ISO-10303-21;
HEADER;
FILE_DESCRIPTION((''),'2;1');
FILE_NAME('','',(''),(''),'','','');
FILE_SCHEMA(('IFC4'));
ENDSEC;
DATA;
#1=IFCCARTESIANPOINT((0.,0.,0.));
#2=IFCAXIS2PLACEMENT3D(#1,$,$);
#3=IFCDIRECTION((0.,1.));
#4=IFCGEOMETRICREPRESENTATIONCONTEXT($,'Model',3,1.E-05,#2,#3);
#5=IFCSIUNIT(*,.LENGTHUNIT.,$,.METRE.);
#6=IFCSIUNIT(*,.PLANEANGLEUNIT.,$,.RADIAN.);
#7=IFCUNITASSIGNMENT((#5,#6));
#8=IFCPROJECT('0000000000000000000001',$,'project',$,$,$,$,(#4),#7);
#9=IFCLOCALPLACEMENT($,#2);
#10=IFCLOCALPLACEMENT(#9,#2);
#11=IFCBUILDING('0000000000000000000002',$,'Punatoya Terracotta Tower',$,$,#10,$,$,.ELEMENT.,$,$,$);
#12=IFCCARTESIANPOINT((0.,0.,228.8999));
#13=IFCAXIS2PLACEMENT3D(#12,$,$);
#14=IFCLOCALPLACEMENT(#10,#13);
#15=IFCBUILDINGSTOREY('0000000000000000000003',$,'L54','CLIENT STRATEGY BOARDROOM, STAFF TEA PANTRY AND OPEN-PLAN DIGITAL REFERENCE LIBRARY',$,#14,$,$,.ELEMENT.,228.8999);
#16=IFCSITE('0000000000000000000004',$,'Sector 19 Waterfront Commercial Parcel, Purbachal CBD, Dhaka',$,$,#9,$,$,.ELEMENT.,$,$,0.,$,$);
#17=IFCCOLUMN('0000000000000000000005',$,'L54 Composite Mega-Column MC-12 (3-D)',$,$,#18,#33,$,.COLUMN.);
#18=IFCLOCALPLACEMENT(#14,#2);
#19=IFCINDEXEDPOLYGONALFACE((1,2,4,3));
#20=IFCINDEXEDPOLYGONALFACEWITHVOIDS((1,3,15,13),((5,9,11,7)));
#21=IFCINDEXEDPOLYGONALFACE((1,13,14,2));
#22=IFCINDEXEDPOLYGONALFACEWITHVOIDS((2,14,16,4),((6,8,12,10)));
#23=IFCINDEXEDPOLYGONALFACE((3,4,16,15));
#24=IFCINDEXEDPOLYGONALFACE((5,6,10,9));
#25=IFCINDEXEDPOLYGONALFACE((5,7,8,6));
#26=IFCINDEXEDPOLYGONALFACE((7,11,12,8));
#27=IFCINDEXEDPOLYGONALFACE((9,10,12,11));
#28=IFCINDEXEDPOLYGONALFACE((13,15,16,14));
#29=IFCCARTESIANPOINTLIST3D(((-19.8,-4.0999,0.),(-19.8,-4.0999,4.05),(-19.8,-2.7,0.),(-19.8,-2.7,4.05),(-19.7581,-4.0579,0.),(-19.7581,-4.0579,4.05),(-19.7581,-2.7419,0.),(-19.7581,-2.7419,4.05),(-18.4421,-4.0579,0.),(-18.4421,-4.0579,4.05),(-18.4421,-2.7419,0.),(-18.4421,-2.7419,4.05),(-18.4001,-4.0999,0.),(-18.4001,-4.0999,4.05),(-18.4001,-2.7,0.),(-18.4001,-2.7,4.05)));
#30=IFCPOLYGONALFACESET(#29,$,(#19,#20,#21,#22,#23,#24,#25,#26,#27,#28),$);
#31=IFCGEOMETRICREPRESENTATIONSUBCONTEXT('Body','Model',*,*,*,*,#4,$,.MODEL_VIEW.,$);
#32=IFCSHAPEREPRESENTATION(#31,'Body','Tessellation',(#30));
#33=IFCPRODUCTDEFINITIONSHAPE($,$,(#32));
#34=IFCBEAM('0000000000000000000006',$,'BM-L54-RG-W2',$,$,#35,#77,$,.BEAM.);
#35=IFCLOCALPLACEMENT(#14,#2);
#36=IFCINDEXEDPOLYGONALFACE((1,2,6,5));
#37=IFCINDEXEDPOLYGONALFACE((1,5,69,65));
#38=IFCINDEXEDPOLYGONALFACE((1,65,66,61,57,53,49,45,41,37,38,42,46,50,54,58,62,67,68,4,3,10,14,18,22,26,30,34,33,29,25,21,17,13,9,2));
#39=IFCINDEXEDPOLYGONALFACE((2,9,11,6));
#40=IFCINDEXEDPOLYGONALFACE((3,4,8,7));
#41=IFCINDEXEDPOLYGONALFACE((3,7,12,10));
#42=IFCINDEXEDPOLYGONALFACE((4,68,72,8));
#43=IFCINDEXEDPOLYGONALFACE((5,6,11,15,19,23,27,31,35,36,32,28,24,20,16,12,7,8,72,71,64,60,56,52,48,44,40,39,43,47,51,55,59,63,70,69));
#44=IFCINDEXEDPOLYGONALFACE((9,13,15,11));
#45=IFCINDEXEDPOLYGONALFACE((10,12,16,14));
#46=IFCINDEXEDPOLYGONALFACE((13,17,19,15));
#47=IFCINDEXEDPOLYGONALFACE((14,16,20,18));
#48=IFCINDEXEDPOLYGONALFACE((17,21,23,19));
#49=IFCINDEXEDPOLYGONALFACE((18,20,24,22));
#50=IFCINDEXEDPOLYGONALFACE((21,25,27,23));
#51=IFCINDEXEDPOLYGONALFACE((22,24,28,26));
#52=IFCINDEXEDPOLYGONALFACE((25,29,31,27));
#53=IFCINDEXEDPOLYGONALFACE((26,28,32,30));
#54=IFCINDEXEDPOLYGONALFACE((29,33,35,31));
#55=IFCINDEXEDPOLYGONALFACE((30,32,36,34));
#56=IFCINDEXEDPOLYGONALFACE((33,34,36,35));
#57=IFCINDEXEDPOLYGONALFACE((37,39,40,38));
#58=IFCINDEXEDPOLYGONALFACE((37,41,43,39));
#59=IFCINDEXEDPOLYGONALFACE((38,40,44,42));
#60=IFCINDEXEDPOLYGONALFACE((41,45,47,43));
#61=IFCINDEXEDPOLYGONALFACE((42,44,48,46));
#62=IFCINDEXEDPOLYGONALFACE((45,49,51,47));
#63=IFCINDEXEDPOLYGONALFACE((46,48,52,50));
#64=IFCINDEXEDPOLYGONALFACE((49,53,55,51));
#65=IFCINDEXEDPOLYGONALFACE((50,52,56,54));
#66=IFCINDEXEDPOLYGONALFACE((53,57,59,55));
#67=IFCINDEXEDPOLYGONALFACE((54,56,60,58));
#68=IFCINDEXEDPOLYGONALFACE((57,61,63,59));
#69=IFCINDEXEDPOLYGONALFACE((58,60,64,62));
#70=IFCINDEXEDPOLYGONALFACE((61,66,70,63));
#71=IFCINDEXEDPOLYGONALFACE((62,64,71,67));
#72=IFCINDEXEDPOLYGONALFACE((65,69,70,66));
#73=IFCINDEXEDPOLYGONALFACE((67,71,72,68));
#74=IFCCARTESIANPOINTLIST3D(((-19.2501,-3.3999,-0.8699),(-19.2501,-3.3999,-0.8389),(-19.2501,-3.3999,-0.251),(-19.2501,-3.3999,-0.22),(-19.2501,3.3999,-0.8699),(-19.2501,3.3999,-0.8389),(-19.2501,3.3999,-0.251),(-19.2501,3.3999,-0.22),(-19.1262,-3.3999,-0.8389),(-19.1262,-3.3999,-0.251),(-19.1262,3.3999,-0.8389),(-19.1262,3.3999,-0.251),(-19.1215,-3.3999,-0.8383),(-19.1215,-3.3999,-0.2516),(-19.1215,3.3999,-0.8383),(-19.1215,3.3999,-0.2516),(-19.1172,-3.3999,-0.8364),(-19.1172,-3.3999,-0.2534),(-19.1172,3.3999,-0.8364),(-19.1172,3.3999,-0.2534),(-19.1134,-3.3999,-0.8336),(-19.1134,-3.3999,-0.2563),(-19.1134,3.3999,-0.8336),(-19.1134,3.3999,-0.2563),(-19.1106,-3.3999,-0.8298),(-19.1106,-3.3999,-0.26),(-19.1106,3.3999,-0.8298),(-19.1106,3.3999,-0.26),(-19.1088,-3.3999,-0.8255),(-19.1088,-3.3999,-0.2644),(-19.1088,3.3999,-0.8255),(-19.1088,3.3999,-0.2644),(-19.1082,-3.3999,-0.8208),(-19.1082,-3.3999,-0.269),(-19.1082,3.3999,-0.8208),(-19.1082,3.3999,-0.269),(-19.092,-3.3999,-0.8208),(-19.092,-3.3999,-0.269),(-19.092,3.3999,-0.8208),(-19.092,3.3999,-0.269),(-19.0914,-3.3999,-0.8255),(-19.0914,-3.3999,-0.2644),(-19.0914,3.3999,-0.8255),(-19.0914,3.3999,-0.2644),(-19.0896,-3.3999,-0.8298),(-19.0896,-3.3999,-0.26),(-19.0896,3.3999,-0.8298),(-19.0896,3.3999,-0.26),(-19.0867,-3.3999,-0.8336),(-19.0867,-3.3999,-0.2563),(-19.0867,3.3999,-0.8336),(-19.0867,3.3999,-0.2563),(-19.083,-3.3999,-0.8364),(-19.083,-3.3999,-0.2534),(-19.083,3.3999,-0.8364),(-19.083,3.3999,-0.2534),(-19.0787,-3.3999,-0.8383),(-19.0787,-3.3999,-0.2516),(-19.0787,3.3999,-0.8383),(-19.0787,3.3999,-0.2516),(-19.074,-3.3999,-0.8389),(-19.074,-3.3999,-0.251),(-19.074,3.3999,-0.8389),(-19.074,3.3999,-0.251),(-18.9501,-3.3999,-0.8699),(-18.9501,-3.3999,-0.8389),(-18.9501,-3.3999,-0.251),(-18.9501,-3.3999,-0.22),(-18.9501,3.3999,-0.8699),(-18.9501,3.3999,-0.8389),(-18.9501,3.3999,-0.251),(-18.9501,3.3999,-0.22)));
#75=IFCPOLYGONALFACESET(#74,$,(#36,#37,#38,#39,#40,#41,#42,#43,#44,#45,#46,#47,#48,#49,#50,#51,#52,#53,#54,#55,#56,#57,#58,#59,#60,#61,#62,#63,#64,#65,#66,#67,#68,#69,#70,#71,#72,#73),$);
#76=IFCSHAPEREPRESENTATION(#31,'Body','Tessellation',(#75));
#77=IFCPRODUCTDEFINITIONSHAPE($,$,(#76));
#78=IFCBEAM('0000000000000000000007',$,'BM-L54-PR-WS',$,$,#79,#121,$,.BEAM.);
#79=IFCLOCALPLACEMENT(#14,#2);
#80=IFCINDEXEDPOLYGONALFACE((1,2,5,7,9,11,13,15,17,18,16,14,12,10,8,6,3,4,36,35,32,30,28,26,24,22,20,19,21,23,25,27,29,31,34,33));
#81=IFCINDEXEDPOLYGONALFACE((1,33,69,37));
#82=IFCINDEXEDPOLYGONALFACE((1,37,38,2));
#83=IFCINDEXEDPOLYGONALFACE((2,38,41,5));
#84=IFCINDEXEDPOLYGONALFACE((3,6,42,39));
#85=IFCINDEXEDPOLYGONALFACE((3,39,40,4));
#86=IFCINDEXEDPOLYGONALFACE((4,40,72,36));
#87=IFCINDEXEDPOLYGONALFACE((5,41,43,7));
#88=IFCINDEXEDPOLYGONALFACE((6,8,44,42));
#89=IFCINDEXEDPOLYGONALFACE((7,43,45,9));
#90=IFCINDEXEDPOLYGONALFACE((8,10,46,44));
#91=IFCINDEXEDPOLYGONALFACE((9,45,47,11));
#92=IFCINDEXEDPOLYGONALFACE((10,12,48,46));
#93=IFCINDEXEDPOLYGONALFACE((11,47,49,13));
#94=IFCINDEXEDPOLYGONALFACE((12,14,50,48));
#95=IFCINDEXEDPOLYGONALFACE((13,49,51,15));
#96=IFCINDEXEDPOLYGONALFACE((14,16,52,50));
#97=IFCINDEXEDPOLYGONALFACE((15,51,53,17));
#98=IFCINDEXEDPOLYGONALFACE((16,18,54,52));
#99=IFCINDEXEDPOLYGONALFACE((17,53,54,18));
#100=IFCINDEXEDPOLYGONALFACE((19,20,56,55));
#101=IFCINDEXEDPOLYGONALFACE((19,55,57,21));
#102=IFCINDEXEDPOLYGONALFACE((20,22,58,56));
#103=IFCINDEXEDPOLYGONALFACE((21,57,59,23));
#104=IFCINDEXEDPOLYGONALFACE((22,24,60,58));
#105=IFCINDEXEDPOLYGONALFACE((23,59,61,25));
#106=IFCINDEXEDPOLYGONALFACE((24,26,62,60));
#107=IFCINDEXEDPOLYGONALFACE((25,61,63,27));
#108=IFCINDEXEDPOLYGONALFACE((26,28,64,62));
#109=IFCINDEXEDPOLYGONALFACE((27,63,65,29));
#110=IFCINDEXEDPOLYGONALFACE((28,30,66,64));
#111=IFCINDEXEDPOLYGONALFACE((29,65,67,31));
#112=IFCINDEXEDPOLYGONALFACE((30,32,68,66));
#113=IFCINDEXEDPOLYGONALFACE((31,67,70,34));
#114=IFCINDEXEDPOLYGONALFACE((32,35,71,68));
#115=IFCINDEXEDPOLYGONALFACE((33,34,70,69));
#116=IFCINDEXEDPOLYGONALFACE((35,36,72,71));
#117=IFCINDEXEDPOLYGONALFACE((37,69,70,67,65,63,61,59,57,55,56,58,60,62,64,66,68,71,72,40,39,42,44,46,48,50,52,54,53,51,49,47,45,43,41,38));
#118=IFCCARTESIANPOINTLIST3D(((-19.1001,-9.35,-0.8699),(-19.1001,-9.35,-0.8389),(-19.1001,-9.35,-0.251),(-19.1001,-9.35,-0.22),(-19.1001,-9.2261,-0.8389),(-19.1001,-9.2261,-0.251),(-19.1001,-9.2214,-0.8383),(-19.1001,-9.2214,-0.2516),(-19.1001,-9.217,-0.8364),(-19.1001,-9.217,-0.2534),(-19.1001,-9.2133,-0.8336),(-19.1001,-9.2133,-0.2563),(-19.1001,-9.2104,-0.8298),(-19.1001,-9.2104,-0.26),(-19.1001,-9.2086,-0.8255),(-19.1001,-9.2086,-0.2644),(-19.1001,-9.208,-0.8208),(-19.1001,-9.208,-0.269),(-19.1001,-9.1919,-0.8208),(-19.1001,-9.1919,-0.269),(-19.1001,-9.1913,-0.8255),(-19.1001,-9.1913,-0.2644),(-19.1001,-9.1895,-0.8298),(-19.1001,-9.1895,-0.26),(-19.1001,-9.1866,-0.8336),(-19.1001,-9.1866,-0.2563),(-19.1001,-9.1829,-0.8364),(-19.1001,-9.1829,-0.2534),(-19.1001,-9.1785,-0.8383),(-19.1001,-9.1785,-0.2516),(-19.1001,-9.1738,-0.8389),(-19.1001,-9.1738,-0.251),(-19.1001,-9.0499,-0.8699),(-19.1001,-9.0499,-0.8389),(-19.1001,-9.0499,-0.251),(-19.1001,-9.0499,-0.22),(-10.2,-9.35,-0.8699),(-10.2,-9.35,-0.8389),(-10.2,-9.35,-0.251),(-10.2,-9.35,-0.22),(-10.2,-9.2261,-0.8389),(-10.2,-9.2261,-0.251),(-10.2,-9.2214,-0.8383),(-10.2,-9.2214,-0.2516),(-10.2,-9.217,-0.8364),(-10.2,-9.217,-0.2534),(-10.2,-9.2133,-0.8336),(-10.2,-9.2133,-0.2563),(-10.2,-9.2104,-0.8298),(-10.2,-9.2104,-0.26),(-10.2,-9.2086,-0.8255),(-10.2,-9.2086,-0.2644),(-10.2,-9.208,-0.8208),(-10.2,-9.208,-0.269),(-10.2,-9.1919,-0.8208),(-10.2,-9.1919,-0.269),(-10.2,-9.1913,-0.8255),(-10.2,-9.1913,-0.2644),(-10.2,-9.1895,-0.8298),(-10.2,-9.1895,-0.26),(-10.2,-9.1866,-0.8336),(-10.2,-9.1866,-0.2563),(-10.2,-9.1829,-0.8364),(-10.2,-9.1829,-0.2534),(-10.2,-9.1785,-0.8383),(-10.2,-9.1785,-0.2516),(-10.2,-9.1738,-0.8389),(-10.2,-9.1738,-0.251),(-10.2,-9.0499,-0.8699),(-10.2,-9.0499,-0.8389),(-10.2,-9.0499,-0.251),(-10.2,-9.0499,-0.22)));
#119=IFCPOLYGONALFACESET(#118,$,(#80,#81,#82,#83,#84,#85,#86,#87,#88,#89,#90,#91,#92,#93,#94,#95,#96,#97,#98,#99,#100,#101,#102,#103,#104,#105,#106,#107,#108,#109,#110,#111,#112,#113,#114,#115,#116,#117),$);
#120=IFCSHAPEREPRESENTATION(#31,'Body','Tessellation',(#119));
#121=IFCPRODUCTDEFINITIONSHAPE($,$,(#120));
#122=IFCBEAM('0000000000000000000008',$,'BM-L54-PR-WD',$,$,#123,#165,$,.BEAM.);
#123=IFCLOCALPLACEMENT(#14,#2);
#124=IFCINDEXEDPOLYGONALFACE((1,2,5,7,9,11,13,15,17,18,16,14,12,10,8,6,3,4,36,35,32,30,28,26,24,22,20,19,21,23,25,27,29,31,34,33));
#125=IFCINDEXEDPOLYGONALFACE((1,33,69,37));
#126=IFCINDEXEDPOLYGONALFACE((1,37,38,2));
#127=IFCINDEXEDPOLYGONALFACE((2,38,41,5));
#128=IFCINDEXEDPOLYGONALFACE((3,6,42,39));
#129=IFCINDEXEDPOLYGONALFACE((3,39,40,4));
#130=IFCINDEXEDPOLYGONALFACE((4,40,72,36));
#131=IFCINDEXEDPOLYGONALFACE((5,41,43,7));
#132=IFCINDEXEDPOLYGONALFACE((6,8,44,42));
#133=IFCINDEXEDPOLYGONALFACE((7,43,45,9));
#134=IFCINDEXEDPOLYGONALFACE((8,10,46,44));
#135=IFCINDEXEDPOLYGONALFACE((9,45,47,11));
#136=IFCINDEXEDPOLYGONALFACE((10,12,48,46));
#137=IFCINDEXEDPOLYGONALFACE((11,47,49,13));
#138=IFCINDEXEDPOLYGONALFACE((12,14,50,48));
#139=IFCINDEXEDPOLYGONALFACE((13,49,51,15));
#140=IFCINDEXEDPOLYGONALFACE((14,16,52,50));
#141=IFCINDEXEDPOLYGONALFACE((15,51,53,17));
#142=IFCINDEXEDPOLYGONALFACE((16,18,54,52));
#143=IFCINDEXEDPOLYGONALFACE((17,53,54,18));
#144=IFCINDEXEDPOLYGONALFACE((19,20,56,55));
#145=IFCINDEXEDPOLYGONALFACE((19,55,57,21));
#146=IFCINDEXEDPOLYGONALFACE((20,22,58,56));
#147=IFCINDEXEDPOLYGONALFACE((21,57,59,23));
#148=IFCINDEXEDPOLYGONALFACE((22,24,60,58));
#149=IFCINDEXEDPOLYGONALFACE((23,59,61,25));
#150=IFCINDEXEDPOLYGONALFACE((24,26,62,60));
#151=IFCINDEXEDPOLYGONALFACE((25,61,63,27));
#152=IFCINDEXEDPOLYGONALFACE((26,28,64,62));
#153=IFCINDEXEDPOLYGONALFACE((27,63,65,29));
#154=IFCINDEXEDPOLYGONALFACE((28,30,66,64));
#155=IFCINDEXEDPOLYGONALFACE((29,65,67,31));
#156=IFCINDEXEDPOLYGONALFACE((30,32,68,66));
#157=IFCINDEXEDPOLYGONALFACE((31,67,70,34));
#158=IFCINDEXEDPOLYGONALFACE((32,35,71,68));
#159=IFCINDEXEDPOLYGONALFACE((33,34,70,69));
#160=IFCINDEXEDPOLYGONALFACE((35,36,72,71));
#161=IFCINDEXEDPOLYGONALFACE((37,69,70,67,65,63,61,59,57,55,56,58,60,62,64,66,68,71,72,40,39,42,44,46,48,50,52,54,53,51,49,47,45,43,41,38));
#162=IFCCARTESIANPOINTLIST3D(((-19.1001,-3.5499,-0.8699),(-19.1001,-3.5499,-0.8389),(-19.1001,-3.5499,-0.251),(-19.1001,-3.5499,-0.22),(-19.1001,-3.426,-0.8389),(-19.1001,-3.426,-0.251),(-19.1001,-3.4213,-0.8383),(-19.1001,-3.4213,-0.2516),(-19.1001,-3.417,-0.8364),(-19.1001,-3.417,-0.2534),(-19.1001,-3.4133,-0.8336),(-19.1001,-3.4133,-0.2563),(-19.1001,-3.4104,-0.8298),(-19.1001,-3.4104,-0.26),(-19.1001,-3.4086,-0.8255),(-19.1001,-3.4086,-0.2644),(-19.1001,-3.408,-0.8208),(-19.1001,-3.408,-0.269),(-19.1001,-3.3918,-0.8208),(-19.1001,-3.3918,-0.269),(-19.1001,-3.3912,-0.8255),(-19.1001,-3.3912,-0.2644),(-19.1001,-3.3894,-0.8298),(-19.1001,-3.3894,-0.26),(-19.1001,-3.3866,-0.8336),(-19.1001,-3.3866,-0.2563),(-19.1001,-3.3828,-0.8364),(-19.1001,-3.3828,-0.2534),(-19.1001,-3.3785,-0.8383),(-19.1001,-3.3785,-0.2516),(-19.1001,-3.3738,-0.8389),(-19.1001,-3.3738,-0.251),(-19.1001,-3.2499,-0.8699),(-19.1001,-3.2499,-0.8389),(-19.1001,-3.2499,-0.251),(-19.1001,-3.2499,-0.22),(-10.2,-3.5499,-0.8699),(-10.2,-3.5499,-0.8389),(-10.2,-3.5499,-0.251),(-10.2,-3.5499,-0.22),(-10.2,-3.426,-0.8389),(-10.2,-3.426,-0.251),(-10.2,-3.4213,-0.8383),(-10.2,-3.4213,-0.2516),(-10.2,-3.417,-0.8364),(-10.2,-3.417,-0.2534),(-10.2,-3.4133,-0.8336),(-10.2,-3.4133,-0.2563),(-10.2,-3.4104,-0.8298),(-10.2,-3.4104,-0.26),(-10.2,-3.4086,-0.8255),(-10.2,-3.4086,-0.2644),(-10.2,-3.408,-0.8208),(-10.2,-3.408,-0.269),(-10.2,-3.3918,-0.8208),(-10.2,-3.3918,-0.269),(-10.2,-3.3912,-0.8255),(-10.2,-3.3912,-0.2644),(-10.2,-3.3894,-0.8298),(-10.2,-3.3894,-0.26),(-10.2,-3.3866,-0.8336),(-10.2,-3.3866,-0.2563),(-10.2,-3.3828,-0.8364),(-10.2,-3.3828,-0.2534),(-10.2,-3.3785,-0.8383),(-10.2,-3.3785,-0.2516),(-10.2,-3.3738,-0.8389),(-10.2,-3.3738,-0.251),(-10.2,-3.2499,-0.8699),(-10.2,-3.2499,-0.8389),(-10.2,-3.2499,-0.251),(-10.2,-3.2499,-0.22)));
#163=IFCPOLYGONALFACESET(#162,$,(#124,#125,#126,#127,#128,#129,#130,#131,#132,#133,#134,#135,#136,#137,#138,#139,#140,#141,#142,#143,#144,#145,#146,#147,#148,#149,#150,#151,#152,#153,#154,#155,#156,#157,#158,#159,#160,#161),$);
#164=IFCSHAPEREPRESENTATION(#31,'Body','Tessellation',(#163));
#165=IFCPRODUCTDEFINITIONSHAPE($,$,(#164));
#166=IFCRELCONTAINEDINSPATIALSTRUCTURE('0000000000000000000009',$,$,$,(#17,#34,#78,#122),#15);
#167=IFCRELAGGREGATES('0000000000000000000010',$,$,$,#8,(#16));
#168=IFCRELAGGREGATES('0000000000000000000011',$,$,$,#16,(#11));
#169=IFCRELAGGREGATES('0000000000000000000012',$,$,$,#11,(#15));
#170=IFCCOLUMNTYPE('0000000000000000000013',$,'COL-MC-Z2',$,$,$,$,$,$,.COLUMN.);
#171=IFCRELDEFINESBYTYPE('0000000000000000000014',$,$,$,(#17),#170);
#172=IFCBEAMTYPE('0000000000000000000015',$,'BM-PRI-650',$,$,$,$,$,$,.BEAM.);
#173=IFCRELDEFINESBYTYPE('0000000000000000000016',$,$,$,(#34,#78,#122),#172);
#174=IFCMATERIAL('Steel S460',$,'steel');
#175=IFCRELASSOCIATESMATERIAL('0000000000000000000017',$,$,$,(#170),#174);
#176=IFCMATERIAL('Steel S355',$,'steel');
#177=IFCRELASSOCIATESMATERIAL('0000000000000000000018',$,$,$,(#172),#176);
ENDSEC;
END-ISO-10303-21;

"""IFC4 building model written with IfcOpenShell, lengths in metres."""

from ifc_helpers import new_model, si_unit, direction, frame, origin, origin_2d, place, context, subcontext, project, spatial, hollow_rectangle, i_section, extrude, material, material_profile, profile_set, type_object, element, save


model = new_model("IFC4")

# Units and contexts
model_context = context("Model", 3, precision=1e-05, world=origin(), true_north=direction((0.0, 1.0)))
body_context = subcontext(model_context, "Body", "Model", "MODEL_VIEW")
ifc_project = project(units=[si_unit("LENGTHUNIT", "METRE"), si_unit("PLANEANGLEUNIT", "RADIAN")], contexts=[model_context])

# Site, building, storey
site_placement = place(None, origin())
site = spatial("IfcSite", under=ifc_project, at=site_placement, Name="Sector 19 Waterfront Commercial Parcel, Purbachal CBD, Dhaka", CompositionType="ELEMENT", RefElevation=0.0)
building_placement = place(site_placement, origin())
building = spatial("IfcBuilding", under=site, at=building_placement, Name="Punatoya Terracotta Tower", CompositionType="ELEMENT")
storey_placement = place(building_placement, frame((0.0, 0.0, 228.8999)))
storey = spatial("IfcBuildingStorey", under=building, at=storey_placement, Name="L54", Description="CLIENT STRATEGY BOARDROOM, STAFF TEA PANTRY AND OPEN-PLAN DIGITAL REFERENCE LIBRARY", CompositionType="ELEMENT", Elevation=228.8999)

# Column
ifc_material_1 = material(Name="Steel S460", Category="steel")
ifc_material_profile_1 = material_profile(ifc_material_1, hollow_rectangle(XDim=1.3999, YDim=1.3999, WallThickness=0.042, at=origin_2d()))
ifc_profile_set_1 = profile_set([ifc_material_profile_1], Name="Steel S460")
column_type = type_object("IfcColumnType", Name="COL-MC-Z2", PredefinedType="COLUMN", material=ifc_profile_set_1)
column_placement = place(storey_placement, frame((-19.1001, -3.3999, 0.0), z_axis=(0.0, 0.0, 1.0), x_axis=(1.0, 0.0, 0.0)))
element("IfcColumn", 1, at=column_placement, inside=storey, type_object=column_type, Name="L54 Composite Mega-Column MC-12 (3-D)", PredefinedType="COLUMN", context=body_context, shape_type="SweptSolid", body=[
    extrude(hollow_rectangle(XDim=1.3999, YDim=1.3999, WallThickness=0.042, at=origin_2d()), origin(), (0.0, 0.0, 1.0), 4.05),
])

# Beams
ifc_material_2 = material(Name="Steel S355", Category="steel")
ifc_material_profile_2 = material_profile(ifc_material_2, i_section(OverallWidth=0.3, OverallDepth=0.6499, WebThickness=0.0161, FlangeThickness=0.031, FilletRadius=0.0181, at=origin_2d()))
ifc_profile_set_2 = profile_set([ifc_material_profile_2], Name="Steel S355")
beam_type_1 = type_object("IfcBeamType", Name="BM-PRI-650", PredefinedType="BEAM", material=ifc_profile_set_2)
beam_1_placement = place(storey_placement, frame((-19.1001, -3.3999, -0.5449), z_axis=(0.0, 1.0, 0.0), x_axis=(-1.0, 0.0, 0.0)))
element("IfcBeam", 2, at=beam_1_placement, inside=storey, type_object=beam_type_1, Name="BM-L54-RG-W2", PredefinedType="BEAM", context=body_context, shape_type="SweptSolid", body=[
    extrude(i_section(OverallWidth=0.3, OverallDepth=0.6499, WebThickness=0.0161, FlangeThickness=0.031, FilletRadius=0.0181, at=origin_2d()), origin(), (0.0, 0.0, 1.0), 6.7998),
])
for number, where, z_axis, x_axis, name in (
    (3, (-19.1001, -9.2, -0.5449), (1.0, 0.0, 0.0), (0.0, 1.0, 0.0), "BM-L54-PR-WS"),
    (4, (-19.1001, -3.3999, -0.5449), (1.0, 0.0, 0.0), (0.0, 1.0, 0.0), "BM-L54-PR-WD"),
):
    element("IfcBeam", number, at=place(storey_placement, frame(where, z_axis=z_axis, x_axis=x_axis)), inside=storey, type_object=beam_type_1, Name=name, PredefinedType="BEAM", context=body_context, shape_type="SweptSolid", body=[
        extrude(i_section(OverallWidth=0.3, OverallDepth=0.6499, WebThickness=0.0161, FlangeThickness=0.031, FilletRadius=0.0181, at=origin_2d()), origin(), (0.0, 0.0, 1.0), 8.9001),
    ])

save(model, "model.ifc")
